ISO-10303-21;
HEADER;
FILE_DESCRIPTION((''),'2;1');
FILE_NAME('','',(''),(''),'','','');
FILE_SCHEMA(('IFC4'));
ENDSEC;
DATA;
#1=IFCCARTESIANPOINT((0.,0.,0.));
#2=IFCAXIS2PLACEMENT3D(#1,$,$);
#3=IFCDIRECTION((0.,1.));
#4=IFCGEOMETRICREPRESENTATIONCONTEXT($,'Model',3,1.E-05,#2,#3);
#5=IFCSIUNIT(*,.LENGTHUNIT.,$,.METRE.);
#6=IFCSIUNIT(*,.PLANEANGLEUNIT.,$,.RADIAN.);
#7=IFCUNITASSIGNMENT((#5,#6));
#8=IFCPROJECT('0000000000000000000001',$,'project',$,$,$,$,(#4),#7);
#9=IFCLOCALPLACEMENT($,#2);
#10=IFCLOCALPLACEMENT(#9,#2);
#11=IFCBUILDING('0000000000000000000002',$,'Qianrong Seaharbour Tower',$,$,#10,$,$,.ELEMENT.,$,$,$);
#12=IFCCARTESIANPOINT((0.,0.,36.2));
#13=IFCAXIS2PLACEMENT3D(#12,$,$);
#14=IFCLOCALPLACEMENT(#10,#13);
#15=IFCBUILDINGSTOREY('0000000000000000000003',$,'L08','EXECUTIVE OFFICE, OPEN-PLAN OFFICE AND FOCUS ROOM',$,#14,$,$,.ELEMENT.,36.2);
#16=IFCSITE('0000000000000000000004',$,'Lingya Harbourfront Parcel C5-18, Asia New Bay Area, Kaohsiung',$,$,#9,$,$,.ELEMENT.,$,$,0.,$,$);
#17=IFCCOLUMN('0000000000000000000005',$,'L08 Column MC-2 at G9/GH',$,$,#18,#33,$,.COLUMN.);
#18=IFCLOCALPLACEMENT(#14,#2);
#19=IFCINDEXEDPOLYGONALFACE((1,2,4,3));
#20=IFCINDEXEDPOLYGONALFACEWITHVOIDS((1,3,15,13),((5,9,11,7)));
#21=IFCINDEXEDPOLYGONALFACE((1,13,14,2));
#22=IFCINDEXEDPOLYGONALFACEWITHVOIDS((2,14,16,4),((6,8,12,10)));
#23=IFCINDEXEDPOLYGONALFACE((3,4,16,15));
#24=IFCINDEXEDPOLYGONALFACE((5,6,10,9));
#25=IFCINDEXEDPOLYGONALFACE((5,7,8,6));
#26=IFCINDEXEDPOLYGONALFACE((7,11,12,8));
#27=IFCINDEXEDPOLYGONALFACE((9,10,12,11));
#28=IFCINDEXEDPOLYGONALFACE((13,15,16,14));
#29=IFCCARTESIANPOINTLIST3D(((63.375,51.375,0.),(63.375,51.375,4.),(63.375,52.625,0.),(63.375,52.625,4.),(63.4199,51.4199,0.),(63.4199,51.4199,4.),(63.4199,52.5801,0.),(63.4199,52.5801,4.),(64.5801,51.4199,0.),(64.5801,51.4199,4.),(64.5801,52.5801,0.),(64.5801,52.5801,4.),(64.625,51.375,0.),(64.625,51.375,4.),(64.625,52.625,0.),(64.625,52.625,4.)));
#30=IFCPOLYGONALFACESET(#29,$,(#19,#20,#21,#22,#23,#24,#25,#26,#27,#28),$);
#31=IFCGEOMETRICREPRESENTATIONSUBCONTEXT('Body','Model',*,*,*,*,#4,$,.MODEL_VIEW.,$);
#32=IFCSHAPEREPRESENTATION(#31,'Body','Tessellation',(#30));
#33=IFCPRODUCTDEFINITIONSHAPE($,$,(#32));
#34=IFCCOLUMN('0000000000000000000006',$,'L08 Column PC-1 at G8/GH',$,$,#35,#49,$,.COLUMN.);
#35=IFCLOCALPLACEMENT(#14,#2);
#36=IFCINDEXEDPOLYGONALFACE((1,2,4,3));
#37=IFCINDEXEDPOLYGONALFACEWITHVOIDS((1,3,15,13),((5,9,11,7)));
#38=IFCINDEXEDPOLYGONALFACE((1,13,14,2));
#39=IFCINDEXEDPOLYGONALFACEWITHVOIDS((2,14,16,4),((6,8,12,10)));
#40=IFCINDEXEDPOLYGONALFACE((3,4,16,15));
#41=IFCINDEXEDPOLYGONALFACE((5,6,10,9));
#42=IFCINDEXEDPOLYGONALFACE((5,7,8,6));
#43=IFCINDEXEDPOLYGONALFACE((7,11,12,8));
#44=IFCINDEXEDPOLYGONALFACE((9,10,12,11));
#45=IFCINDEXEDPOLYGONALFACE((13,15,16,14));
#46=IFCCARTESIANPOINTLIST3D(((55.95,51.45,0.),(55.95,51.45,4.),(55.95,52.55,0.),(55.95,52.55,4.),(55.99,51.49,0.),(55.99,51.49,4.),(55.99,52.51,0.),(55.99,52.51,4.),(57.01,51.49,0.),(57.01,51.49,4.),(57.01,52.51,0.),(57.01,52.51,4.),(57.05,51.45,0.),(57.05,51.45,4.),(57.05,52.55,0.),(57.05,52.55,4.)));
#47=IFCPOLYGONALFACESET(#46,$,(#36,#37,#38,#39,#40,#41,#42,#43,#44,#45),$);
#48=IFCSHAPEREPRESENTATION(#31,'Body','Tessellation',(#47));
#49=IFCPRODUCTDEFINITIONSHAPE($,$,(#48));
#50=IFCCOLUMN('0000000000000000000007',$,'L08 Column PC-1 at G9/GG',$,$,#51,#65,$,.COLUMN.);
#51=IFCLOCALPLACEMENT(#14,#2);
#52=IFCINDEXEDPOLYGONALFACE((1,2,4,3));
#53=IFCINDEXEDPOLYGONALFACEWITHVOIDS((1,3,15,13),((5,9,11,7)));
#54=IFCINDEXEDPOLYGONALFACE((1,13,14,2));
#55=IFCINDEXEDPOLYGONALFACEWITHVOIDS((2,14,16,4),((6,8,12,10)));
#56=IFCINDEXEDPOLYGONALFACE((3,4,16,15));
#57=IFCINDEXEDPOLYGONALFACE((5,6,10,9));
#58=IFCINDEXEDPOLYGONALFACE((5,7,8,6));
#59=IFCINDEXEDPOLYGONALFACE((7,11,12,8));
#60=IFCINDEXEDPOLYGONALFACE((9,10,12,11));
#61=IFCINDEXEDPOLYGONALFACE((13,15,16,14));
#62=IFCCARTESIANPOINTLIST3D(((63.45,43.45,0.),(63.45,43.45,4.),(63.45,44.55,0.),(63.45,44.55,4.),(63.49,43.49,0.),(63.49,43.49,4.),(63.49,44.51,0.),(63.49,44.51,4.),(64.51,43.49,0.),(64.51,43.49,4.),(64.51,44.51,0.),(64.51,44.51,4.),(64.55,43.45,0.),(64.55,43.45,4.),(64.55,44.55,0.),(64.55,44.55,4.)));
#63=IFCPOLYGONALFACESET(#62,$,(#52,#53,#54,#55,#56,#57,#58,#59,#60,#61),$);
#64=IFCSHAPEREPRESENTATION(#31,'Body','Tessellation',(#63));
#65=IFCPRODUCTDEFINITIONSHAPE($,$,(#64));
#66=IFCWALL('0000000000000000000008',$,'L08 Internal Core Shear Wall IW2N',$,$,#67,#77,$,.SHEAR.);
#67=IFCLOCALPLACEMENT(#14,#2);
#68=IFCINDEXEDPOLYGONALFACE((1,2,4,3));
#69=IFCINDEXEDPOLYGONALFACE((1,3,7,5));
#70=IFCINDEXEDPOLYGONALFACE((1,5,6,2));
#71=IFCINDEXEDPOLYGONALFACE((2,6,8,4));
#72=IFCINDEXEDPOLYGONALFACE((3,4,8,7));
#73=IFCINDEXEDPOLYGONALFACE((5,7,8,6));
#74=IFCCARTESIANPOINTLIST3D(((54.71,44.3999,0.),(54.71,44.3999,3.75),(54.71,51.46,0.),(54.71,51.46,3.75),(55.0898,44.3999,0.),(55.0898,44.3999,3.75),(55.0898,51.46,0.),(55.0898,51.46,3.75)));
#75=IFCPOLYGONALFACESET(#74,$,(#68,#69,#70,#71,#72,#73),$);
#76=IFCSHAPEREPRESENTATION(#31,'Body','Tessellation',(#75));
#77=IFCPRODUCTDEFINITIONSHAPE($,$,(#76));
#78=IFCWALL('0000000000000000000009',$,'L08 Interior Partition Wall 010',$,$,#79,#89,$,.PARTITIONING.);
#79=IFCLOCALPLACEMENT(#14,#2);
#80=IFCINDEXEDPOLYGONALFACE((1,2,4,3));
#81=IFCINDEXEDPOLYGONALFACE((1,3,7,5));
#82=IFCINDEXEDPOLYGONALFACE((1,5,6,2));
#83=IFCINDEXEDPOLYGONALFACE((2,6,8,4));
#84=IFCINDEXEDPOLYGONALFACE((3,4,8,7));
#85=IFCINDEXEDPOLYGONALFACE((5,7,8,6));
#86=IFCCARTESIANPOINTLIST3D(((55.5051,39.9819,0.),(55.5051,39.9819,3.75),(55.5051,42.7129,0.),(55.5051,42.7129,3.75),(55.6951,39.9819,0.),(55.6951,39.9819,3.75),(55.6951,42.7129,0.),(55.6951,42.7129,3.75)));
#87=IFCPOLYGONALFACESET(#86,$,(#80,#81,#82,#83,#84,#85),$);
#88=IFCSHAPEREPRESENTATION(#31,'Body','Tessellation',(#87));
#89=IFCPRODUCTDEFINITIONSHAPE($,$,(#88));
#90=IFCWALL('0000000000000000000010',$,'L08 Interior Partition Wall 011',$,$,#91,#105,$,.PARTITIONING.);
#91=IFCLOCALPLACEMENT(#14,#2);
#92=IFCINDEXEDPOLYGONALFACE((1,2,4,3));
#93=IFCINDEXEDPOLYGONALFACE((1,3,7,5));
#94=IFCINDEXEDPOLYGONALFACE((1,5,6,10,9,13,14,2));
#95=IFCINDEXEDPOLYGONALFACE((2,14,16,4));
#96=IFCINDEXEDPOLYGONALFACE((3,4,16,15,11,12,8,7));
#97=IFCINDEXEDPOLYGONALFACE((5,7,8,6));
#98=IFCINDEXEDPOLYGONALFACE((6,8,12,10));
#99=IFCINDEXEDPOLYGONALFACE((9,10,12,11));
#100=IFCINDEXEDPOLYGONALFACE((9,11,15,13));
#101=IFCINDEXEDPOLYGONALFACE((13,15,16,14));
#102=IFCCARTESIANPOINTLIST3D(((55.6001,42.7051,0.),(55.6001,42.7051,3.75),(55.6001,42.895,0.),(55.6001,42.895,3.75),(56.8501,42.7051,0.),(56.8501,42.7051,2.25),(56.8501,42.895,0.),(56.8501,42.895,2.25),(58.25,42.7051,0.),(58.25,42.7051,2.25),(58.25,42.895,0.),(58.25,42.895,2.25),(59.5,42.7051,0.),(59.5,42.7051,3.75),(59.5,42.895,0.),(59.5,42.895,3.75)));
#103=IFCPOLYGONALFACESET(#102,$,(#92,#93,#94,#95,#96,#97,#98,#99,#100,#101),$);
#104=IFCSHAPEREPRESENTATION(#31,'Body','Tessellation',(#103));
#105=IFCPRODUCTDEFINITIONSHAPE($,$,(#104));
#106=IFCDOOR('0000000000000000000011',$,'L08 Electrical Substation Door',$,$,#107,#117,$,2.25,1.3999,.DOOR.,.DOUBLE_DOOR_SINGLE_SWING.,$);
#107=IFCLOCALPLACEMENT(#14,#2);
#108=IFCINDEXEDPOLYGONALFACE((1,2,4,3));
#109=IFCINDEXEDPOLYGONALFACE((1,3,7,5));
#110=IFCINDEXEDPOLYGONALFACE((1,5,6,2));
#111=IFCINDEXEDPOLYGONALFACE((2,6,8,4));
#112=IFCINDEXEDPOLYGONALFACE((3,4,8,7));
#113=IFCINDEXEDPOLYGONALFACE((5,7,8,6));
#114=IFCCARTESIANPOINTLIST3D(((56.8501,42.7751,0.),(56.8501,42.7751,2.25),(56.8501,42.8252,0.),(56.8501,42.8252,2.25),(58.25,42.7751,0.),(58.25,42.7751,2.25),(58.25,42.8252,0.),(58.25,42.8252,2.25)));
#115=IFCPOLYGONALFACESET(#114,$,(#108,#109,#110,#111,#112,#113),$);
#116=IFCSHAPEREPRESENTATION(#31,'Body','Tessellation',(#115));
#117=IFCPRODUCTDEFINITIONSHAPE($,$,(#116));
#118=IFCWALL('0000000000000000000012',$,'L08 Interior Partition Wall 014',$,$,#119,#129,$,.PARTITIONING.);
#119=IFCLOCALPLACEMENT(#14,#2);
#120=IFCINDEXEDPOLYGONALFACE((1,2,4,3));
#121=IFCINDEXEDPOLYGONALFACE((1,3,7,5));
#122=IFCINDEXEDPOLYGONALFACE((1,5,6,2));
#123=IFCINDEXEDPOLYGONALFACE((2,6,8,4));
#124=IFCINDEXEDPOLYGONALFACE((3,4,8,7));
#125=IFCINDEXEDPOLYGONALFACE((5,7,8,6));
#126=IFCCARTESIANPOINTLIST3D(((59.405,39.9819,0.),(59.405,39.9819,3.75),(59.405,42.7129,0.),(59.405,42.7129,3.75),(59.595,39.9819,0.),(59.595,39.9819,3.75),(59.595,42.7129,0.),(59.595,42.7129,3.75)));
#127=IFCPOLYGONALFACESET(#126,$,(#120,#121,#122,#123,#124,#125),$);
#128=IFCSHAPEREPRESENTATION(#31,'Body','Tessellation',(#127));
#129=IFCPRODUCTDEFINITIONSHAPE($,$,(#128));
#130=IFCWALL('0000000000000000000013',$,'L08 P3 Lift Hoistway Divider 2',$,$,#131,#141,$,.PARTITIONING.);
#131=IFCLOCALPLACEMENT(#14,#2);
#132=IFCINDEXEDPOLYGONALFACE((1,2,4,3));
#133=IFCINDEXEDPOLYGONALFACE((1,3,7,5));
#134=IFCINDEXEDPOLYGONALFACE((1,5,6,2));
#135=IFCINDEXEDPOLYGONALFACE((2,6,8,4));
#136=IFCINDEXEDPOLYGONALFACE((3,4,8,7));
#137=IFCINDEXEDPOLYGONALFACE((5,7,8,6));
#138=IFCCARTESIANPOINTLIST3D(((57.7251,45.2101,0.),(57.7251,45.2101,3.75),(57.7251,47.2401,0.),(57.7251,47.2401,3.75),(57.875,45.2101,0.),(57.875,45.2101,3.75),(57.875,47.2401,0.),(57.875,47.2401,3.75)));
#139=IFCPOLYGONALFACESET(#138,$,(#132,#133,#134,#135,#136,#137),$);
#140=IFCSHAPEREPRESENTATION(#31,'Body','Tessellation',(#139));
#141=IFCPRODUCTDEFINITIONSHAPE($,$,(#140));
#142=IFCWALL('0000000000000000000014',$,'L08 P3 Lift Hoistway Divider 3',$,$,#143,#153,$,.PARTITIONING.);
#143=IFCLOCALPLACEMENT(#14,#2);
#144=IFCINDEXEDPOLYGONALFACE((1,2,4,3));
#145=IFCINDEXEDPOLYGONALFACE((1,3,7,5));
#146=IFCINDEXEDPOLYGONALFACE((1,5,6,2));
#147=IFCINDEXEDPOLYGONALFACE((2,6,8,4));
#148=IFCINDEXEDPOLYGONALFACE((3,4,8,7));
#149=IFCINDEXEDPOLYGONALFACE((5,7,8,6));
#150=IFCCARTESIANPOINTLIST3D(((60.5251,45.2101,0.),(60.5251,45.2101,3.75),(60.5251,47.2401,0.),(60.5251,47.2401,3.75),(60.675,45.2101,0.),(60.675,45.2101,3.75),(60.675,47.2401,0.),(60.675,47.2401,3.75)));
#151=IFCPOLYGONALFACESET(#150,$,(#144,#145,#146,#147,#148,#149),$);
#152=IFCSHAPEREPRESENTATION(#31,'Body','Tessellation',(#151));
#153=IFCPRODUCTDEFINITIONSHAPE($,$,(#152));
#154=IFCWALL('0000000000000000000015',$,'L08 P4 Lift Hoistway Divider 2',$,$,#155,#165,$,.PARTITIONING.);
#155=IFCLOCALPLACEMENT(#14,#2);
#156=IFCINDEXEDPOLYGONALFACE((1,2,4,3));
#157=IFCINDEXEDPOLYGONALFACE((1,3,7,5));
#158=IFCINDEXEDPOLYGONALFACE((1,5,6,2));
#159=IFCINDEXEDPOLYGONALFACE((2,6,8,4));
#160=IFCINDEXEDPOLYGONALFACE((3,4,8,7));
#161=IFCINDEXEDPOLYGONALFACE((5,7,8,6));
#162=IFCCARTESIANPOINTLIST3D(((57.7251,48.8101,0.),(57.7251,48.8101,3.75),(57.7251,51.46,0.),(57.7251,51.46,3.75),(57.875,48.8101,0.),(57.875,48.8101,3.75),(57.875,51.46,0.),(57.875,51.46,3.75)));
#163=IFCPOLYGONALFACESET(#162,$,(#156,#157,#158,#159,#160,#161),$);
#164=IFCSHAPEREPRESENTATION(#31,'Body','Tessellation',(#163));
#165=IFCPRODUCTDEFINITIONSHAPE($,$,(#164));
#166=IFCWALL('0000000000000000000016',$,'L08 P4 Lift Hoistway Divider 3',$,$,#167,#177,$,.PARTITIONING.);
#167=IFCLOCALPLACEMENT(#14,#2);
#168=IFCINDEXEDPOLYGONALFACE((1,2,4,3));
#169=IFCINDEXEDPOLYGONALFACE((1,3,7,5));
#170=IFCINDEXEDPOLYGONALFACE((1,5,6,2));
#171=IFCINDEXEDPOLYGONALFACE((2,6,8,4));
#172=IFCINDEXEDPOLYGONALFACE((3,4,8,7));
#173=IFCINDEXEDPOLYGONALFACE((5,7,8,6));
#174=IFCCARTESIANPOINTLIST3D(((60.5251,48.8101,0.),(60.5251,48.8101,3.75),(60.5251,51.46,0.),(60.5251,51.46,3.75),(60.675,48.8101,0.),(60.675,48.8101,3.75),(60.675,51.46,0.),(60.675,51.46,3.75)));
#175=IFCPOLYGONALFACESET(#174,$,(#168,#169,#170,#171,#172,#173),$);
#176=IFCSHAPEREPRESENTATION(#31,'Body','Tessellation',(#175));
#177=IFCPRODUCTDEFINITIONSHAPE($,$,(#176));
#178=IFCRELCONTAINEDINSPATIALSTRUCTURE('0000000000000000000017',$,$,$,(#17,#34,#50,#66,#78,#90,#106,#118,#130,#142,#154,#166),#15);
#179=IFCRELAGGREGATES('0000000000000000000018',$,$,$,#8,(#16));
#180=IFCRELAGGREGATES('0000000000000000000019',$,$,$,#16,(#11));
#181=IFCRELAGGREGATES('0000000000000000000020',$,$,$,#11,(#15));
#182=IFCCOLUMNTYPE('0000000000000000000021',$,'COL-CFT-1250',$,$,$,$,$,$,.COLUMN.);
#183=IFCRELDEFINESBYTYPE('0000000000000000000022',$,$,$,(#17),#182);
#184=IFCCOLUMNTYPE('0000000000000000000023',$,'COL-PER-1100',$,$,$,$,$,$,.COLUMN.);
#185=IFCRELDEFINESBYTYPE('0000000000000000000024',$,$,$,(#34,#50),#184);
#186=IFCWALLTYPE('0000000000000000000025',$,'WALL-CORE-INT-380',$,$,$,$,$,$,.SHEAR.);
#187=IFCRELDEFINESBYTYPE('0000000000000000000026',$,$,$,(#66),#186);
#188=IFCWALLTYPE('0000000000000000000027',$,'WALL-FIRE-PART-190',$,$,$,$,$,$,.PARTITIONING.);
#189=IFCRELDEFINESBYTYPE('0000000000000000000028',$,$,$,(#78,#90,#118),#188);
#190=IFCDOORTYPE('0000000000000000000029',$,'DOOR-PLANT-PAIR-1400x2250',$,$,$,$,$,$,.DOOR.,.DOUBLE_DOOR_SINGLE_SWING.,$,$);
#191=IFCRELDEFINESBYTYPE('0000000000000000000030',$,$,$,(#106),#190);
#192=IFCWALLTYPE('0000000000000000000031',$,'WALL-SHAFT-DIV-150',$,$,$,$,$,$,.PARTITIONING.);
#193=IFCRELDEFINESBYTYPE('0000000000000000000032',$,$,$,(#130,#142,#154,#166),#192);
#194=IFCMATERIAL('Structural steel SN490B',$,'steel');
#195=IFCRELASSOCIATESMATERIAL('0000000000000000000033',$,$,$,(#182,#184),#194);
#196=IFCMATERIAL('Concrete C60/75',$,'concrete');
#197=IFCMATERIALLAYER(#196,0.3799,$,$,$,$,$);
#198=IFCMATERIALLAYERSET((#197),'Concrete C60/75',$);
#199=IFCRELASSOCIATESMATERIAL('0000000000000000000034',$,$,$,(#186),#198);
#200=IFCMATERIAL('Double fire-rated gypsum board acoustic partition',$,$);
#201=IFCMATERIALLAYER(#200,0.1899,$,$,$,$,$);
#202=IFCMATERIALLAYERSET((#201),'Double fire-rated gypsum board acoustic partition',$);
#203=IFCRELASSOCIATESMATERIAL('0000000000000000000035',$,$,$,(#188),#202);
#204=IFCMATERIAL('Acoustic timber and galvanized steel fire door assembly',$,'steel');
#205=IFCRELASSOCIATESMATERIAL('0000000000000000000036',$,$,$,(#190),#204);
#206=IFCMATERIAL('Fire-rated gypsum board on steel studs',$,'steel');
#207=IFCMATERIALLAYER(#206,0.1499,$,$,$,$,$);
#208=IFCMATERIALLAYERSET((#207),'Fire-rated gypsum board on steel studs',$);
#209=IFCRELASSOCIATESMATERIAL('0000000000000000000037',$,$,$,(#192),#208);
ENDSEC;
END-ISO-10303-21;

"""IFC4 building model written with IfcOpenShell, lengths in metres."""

from ifc_helpers import new_model, si_unit, direction, frame, frame_2d, origin, origin_2d, place, context, subcontext, project, spatial, rectangle, hollow_rectangle, extrude, material, layer, layer_set, material_profile, profile_set, type_object, element, fill, save


model = new_model("IFC4")

# Units and contexts
model_context = context("Model", 3, precision=1e-05, world=origin(), true_north=direction((0.0, 1.0)))
body_context = subcontext(model_context, "Body", "Model", "MODEL_VIEW")
ifc_project = project(units=[si_unit("LENGTHUNIT", "METRE"), si_unit("PLANEANGLEUNIT", "RADIAN")], contexts=[model_context])

# Site, building, storey
site_placement = place(None, origin())
site = spatial("IfcSite", under=ifc_project, at=site_placement, Name="Lingya Harbourfront Parcel C5-18, Asia New Bay Area, Kaohsiung", CompositionType="ELEMENT", RefElevation=0.0)
building_placement = place(site_placement, origin())
building = spatial("IfcBuilding", under=site, at=building_placement, Name="Qianrong Seaharbour Tower", CompositionType="ELEMENT")
storey_placement = place(building_placement, frame((0.0, 0.0, 36.2)))
storey = spatial("IfcBuildingStorey", under=building, at=storey_placement, Name="L08", Description="EXECUTIVE OFFICE, OPEN-PLAN OFFICE AND FOCUS ROOM", CompositionType="ELEMENT", Elevation=36.2)

# Columns
ifc_material_1 = material(Name="Structural steel SN490B", Category="steel")
ifc_material_profile_1 = material_profile(ifc_material_1, hollow_rectangle(XDim=1.25, YDim=1.25, WallThickness=0.0449, at=origin_2d()), Name="BOX1250x1250x45")
ifc_profile_set_1 = profile_set([ifc_material_profile_1], Name="Structural steel SN490B")
column_type_1 = type_object("IfcColumnType", Name="COL-CFT-1250", PredefinedType="COLUMN", material=ifc_profile_set_1)
column_placement = place(storey_placement, frame((64.0, 52.0, 0.0), z_axis=(0.0, 0.0, 1.0), x_axis=(1.0, 0.0, 0.0)))
element("IfcColumn", 1, at=column_placement, inside=storey, type_object=column_type_1, Name="L08 Column MC-2 at G9/GH", PredefinedType="COLUMN", context=body_context, shape_type="SweptSolid", body=[
    extrude(hollow_rectangle(XDim=1.25, YDim=1.25, WallThickness=0.0449, at=origin_2d()), origin(), (0.0, 0.0, 1.0), 4.0),
])
ifc_material_profile_2 = material_profile(ifc_material_1, hollow_rectangle(XDim=1.1001, YDim=1.1001, WallThickness=0.04, at=origin_2d()), Name="BOX1100x1100x40")
ifc_profile_set_2 = profile_set([ifc_material_profile_2], Name="Structural steel SN490B")
column_type_2 = type_object("IfcColumnType", Name="COL-PER-1100", PredefinedType="COLUMN", material=ifc_profile_set_2)
for number, where, z_axis, x_axis, name in (
    (2, (56.5, 52.0, 0.0), (0.0, 0.0, 1.0), (1.0, 0.0, 0.0), "L08 Column PC-1 at G8/GH"),
    (3, (64.0, 44.0, 0.0), (0.0, 0.0, 1.0), (1.0, 0.0, 0.0), "L08 Column PC-1 at G9/GG"),
):
    element("IfcColumn", number, at=place(storey_placement, frame(where, z_axis=z_axis, x_axis=x_axis)), inside=storey, type_object=column_type_2, Name=name, PredefinedType="COLUMN", context=body_context, shape_type="SweptSolid", body=[
        extrude(hollow_rectangle(XDim=1.1001, YDim=1.1001, WallThickness=0.04, at=origin_2d()), origin(), (0.0, 0.0, 1.0), 4.0),
    ])

# Wall
ifc_material_2 = material(Name="Concrete C60/75", Category="concrete")
ifc_layer_1 = layer(ifc_material_2, 0.3799)
ifc_layer_set_1 = layer_set([ifc_layer_1], Name="Concrete C60/75")
wall_type_1 = type_object("IfcWallType", Name="WALL-CORE-INT-380", PredefinedType="SHEAR", material=ifc_layer_set_1)
wall_1_placement = place(storey_placement, frame((54.8999, 44.3999, 0.0), z_axis=(0.0, 0.0, 1.0), x_axis=(0.0, 1.0, 0.0)))
element("IfcWall", 4, at=wall_1_placement, inside=storey, type_object=wall_type_1, Name="L08 Internal Core Shear Wall IW2N", PredefinedType="SHEAR", context=body_context, shape_type="SweptSolid", body=[
    extrude(rectangle(XDim=7.0601, YDim=0.3799, at=frame_2d((3.53, 0.0))), origin(), (0.0, 0.0, 1.0), 3.75),
])

# Shared definitions
ifc_material_3 = material(Name="Acoustic timber and galvanized steel fire door assembly", Category="steel")
ifc_material_4 = material(Name="Double fire-rated gypsum board acoustic partition")
ifc_layer_2 = layer(ifc_material_4, 0.1899)
ifc_layer_set_2 = layer_set([ifc_layer_2], Name="Double fire-rated gypsum board acoustic partition")
wall_type_2 = type_object("IfcWallType", Name="WALL-FIRE-PART-190", PredefinedType="PARTITIONING", material=ifc_layer_set_2)

# Wall
wall_2_placement = place(storey_placement, frame((55.6001, 42.7129, 0.0), z_axis=(0.0, 0.0, 1.0), x_axis=(0.0, -1.0, 0.0)))
element("IfcWall", 5, at=wall_2_placement, inside=storey, type_object=wall_type_2, Name="L08 Interior Partition Wall 010", PredefinedType="PARTITIONING", context=body_context, shape_type="SweptSolid", body=[
    extrude(rectangle(XDim=2.731, YDim=0.1899, at=frame_2d((1.3655, 0.0))), origin(), (0.0, 0.0, 1.0), 3.75),
])

# Wall, opening, door
wall_3_placement = place(storey_placement, frame((59.5, 42.8, 0.0), z_axis=(0.0, 0.0, 1.0), x_axis=(-1.0, 0.0, 0.0)))
wall_3 = element("IfcWall", 6, at=wall_3_placement, inside=storey, type_object=wall_type_2, Name="L08 Interior Partition Wall 011", PredefinedType="PARTITIONING", context=body_context, shape_type="SweptSolid", body=[
    extrude(rectangle(XDim=3.8999, YDim=0.1899, at=frame_2d((1.95, 0.0))), origin(), (0.0, 0.0, 1.0), 3.75),
])
opening_1_placement = place(wall_3_placement, frame((1.25, 0.0, 0.0)))
opening_1 = element("IfcOpeningElement", 7, at=opening_1_placement, cuts=wall_3, PredefinedType="OPENING", context=body_context, shape_type="SweptSolid", body=[
    extrude(rectangle(XDim=1.3999, YDim=2.25, at=frame_2d((0.7, 1.125))), frame((0.0, 0.105, 0.0), z_axis=(0.0, -1.0, 0.0), x_axis=(1.0, 0.0, 0.0)), (0.0, 0.0, 1.0), 0.21),
])
door_type_1 = type_object("IfcDoorType", Name="DOOR-PLANT-PAIR-1400x2250", OperationType="DOUBLE_DOOR_SINGLE_SWING", PredefinedType="DOOR", material=ifc_material_3)
door_1_placement = place(opening_1_placement, origin())
door_1 = element("IfcDoor", 8, at=door_1_placement, inside=storey, type_object=door_type_1, Name="L08 Electrical Substation Door", OperationType="DOUBLE_DOOR_SINGLE_SWING", OverallHeight=2.25, OverallWidth=1.3999, PredefinedType="DOOR", context=body_context, shape_type="SweptSolid", body=[
    extrude(rectangle(XDim=1.3999, YDim=2.25, at=frame_2d((0.7, 1.125))), frame((0.0, 0.0249, 0.0), z_axis=(0.0, -1.0, 0.0), x_axis=(1.0, 0.0, 0.0)), (0.0, 0.0, 1.0), 0.05),
])
fill(opening_1, door_1)

# Walls
wall_4_placement = place(storey_placement, frame((59.5, 42.7129, 0.0), z_axis=(0.0, 0.0, 1.0), x_axis=(0.0, -1.0, 0.0)))
element("IfcWall", 9, at=wall_4_placement, inside=storey, type_object=wall_type_2, Name="L08 Interior Partition Wall 014", PredefinedType="PARTITIONING", context=body_context, shape_type="SweptSolid", body=[
    extrude(rectangle(XDim=2.731, YDim=0.1899, at=frame_2d((1.3655, 0.0))), origin(), (0.0, 0.0, 1.0), 3.75),
])
ifc_material_5 = material(Name="Fire-rated gypsum board on steel studs", Category="steel")
ifc_layer_3 = layer(ifc_material_5, 0.1499)
ifc_layer_set_3 = layer_set([ifc_layer_3], Name="Fire-rated gypsum board on steel studs")
wall_type_3 = type_object("IfcWallType", Name="WALL-SHAFT-DIV-150", PredefinedType="PARTITIONING", material=ifc_layer_set_3)
for number, where, z_axis, x_axis, name in (
    (10, (57.8, 45.21, 0.0), (0.0, 0.0, 1.0), (0.0, 1.0, 0.0), "L08 P3 Lift Hoistway Divider 2"),
    (11, (60.6001, 45.21, 0.0), (0.0, 0.0, 1.0), (0.0, 1.0, 0.0), "L08 P3 Lift Hoistway Divider 3"),
):
    element("IfcWall", number, at=place(storey_placement, frame(where, z_axis=z_axis, x_axis=x_axis)), inside=storey, type_object=wall_type_3, Name=name, PredefinedType="PARTITIONING", context=body_context, shape_type="SweptSolid", body=[
        extrude(rectangle(XDim=2.03, YDim=0.1499, at=frame_2d((1.0151, 0.0))), origin(), (0.0, 0.0, 1.0), 3.75),
    ])
for number, where, z_axis, x_axis, name in (
    (12, (57.8, 48.8101, 0.0), (0.0, 0.0, 1.0), (0.0, 1.0, 0.0), "L08 P4 Lift Hoistway Divider 2"),
    (13, (60.6001, 48.8101, 0.0), (0.0, 0.0, 1.0), (0.0, 1.0, 0.0), "L08 P4 Lift Hoistway Divider 3"),
):
    element("IfcWall", number, at=place(storey_placement, frame(where, z_axis=z_axis, x_axis=x_axis)), inside=storey, type_object=wall_type_3, Name=name, PredefinedType="PARTITIONING", context=body_context, shape_type="SweptSolid", body=[
        extrude(rectangle(XDim=2.6499, YDim=0.1499, at=frame_2d((1.325, 0.0))), origin(), (0.0, 0.0, 1.0), 3.75),
    ])

save(model, "model.ifc")
